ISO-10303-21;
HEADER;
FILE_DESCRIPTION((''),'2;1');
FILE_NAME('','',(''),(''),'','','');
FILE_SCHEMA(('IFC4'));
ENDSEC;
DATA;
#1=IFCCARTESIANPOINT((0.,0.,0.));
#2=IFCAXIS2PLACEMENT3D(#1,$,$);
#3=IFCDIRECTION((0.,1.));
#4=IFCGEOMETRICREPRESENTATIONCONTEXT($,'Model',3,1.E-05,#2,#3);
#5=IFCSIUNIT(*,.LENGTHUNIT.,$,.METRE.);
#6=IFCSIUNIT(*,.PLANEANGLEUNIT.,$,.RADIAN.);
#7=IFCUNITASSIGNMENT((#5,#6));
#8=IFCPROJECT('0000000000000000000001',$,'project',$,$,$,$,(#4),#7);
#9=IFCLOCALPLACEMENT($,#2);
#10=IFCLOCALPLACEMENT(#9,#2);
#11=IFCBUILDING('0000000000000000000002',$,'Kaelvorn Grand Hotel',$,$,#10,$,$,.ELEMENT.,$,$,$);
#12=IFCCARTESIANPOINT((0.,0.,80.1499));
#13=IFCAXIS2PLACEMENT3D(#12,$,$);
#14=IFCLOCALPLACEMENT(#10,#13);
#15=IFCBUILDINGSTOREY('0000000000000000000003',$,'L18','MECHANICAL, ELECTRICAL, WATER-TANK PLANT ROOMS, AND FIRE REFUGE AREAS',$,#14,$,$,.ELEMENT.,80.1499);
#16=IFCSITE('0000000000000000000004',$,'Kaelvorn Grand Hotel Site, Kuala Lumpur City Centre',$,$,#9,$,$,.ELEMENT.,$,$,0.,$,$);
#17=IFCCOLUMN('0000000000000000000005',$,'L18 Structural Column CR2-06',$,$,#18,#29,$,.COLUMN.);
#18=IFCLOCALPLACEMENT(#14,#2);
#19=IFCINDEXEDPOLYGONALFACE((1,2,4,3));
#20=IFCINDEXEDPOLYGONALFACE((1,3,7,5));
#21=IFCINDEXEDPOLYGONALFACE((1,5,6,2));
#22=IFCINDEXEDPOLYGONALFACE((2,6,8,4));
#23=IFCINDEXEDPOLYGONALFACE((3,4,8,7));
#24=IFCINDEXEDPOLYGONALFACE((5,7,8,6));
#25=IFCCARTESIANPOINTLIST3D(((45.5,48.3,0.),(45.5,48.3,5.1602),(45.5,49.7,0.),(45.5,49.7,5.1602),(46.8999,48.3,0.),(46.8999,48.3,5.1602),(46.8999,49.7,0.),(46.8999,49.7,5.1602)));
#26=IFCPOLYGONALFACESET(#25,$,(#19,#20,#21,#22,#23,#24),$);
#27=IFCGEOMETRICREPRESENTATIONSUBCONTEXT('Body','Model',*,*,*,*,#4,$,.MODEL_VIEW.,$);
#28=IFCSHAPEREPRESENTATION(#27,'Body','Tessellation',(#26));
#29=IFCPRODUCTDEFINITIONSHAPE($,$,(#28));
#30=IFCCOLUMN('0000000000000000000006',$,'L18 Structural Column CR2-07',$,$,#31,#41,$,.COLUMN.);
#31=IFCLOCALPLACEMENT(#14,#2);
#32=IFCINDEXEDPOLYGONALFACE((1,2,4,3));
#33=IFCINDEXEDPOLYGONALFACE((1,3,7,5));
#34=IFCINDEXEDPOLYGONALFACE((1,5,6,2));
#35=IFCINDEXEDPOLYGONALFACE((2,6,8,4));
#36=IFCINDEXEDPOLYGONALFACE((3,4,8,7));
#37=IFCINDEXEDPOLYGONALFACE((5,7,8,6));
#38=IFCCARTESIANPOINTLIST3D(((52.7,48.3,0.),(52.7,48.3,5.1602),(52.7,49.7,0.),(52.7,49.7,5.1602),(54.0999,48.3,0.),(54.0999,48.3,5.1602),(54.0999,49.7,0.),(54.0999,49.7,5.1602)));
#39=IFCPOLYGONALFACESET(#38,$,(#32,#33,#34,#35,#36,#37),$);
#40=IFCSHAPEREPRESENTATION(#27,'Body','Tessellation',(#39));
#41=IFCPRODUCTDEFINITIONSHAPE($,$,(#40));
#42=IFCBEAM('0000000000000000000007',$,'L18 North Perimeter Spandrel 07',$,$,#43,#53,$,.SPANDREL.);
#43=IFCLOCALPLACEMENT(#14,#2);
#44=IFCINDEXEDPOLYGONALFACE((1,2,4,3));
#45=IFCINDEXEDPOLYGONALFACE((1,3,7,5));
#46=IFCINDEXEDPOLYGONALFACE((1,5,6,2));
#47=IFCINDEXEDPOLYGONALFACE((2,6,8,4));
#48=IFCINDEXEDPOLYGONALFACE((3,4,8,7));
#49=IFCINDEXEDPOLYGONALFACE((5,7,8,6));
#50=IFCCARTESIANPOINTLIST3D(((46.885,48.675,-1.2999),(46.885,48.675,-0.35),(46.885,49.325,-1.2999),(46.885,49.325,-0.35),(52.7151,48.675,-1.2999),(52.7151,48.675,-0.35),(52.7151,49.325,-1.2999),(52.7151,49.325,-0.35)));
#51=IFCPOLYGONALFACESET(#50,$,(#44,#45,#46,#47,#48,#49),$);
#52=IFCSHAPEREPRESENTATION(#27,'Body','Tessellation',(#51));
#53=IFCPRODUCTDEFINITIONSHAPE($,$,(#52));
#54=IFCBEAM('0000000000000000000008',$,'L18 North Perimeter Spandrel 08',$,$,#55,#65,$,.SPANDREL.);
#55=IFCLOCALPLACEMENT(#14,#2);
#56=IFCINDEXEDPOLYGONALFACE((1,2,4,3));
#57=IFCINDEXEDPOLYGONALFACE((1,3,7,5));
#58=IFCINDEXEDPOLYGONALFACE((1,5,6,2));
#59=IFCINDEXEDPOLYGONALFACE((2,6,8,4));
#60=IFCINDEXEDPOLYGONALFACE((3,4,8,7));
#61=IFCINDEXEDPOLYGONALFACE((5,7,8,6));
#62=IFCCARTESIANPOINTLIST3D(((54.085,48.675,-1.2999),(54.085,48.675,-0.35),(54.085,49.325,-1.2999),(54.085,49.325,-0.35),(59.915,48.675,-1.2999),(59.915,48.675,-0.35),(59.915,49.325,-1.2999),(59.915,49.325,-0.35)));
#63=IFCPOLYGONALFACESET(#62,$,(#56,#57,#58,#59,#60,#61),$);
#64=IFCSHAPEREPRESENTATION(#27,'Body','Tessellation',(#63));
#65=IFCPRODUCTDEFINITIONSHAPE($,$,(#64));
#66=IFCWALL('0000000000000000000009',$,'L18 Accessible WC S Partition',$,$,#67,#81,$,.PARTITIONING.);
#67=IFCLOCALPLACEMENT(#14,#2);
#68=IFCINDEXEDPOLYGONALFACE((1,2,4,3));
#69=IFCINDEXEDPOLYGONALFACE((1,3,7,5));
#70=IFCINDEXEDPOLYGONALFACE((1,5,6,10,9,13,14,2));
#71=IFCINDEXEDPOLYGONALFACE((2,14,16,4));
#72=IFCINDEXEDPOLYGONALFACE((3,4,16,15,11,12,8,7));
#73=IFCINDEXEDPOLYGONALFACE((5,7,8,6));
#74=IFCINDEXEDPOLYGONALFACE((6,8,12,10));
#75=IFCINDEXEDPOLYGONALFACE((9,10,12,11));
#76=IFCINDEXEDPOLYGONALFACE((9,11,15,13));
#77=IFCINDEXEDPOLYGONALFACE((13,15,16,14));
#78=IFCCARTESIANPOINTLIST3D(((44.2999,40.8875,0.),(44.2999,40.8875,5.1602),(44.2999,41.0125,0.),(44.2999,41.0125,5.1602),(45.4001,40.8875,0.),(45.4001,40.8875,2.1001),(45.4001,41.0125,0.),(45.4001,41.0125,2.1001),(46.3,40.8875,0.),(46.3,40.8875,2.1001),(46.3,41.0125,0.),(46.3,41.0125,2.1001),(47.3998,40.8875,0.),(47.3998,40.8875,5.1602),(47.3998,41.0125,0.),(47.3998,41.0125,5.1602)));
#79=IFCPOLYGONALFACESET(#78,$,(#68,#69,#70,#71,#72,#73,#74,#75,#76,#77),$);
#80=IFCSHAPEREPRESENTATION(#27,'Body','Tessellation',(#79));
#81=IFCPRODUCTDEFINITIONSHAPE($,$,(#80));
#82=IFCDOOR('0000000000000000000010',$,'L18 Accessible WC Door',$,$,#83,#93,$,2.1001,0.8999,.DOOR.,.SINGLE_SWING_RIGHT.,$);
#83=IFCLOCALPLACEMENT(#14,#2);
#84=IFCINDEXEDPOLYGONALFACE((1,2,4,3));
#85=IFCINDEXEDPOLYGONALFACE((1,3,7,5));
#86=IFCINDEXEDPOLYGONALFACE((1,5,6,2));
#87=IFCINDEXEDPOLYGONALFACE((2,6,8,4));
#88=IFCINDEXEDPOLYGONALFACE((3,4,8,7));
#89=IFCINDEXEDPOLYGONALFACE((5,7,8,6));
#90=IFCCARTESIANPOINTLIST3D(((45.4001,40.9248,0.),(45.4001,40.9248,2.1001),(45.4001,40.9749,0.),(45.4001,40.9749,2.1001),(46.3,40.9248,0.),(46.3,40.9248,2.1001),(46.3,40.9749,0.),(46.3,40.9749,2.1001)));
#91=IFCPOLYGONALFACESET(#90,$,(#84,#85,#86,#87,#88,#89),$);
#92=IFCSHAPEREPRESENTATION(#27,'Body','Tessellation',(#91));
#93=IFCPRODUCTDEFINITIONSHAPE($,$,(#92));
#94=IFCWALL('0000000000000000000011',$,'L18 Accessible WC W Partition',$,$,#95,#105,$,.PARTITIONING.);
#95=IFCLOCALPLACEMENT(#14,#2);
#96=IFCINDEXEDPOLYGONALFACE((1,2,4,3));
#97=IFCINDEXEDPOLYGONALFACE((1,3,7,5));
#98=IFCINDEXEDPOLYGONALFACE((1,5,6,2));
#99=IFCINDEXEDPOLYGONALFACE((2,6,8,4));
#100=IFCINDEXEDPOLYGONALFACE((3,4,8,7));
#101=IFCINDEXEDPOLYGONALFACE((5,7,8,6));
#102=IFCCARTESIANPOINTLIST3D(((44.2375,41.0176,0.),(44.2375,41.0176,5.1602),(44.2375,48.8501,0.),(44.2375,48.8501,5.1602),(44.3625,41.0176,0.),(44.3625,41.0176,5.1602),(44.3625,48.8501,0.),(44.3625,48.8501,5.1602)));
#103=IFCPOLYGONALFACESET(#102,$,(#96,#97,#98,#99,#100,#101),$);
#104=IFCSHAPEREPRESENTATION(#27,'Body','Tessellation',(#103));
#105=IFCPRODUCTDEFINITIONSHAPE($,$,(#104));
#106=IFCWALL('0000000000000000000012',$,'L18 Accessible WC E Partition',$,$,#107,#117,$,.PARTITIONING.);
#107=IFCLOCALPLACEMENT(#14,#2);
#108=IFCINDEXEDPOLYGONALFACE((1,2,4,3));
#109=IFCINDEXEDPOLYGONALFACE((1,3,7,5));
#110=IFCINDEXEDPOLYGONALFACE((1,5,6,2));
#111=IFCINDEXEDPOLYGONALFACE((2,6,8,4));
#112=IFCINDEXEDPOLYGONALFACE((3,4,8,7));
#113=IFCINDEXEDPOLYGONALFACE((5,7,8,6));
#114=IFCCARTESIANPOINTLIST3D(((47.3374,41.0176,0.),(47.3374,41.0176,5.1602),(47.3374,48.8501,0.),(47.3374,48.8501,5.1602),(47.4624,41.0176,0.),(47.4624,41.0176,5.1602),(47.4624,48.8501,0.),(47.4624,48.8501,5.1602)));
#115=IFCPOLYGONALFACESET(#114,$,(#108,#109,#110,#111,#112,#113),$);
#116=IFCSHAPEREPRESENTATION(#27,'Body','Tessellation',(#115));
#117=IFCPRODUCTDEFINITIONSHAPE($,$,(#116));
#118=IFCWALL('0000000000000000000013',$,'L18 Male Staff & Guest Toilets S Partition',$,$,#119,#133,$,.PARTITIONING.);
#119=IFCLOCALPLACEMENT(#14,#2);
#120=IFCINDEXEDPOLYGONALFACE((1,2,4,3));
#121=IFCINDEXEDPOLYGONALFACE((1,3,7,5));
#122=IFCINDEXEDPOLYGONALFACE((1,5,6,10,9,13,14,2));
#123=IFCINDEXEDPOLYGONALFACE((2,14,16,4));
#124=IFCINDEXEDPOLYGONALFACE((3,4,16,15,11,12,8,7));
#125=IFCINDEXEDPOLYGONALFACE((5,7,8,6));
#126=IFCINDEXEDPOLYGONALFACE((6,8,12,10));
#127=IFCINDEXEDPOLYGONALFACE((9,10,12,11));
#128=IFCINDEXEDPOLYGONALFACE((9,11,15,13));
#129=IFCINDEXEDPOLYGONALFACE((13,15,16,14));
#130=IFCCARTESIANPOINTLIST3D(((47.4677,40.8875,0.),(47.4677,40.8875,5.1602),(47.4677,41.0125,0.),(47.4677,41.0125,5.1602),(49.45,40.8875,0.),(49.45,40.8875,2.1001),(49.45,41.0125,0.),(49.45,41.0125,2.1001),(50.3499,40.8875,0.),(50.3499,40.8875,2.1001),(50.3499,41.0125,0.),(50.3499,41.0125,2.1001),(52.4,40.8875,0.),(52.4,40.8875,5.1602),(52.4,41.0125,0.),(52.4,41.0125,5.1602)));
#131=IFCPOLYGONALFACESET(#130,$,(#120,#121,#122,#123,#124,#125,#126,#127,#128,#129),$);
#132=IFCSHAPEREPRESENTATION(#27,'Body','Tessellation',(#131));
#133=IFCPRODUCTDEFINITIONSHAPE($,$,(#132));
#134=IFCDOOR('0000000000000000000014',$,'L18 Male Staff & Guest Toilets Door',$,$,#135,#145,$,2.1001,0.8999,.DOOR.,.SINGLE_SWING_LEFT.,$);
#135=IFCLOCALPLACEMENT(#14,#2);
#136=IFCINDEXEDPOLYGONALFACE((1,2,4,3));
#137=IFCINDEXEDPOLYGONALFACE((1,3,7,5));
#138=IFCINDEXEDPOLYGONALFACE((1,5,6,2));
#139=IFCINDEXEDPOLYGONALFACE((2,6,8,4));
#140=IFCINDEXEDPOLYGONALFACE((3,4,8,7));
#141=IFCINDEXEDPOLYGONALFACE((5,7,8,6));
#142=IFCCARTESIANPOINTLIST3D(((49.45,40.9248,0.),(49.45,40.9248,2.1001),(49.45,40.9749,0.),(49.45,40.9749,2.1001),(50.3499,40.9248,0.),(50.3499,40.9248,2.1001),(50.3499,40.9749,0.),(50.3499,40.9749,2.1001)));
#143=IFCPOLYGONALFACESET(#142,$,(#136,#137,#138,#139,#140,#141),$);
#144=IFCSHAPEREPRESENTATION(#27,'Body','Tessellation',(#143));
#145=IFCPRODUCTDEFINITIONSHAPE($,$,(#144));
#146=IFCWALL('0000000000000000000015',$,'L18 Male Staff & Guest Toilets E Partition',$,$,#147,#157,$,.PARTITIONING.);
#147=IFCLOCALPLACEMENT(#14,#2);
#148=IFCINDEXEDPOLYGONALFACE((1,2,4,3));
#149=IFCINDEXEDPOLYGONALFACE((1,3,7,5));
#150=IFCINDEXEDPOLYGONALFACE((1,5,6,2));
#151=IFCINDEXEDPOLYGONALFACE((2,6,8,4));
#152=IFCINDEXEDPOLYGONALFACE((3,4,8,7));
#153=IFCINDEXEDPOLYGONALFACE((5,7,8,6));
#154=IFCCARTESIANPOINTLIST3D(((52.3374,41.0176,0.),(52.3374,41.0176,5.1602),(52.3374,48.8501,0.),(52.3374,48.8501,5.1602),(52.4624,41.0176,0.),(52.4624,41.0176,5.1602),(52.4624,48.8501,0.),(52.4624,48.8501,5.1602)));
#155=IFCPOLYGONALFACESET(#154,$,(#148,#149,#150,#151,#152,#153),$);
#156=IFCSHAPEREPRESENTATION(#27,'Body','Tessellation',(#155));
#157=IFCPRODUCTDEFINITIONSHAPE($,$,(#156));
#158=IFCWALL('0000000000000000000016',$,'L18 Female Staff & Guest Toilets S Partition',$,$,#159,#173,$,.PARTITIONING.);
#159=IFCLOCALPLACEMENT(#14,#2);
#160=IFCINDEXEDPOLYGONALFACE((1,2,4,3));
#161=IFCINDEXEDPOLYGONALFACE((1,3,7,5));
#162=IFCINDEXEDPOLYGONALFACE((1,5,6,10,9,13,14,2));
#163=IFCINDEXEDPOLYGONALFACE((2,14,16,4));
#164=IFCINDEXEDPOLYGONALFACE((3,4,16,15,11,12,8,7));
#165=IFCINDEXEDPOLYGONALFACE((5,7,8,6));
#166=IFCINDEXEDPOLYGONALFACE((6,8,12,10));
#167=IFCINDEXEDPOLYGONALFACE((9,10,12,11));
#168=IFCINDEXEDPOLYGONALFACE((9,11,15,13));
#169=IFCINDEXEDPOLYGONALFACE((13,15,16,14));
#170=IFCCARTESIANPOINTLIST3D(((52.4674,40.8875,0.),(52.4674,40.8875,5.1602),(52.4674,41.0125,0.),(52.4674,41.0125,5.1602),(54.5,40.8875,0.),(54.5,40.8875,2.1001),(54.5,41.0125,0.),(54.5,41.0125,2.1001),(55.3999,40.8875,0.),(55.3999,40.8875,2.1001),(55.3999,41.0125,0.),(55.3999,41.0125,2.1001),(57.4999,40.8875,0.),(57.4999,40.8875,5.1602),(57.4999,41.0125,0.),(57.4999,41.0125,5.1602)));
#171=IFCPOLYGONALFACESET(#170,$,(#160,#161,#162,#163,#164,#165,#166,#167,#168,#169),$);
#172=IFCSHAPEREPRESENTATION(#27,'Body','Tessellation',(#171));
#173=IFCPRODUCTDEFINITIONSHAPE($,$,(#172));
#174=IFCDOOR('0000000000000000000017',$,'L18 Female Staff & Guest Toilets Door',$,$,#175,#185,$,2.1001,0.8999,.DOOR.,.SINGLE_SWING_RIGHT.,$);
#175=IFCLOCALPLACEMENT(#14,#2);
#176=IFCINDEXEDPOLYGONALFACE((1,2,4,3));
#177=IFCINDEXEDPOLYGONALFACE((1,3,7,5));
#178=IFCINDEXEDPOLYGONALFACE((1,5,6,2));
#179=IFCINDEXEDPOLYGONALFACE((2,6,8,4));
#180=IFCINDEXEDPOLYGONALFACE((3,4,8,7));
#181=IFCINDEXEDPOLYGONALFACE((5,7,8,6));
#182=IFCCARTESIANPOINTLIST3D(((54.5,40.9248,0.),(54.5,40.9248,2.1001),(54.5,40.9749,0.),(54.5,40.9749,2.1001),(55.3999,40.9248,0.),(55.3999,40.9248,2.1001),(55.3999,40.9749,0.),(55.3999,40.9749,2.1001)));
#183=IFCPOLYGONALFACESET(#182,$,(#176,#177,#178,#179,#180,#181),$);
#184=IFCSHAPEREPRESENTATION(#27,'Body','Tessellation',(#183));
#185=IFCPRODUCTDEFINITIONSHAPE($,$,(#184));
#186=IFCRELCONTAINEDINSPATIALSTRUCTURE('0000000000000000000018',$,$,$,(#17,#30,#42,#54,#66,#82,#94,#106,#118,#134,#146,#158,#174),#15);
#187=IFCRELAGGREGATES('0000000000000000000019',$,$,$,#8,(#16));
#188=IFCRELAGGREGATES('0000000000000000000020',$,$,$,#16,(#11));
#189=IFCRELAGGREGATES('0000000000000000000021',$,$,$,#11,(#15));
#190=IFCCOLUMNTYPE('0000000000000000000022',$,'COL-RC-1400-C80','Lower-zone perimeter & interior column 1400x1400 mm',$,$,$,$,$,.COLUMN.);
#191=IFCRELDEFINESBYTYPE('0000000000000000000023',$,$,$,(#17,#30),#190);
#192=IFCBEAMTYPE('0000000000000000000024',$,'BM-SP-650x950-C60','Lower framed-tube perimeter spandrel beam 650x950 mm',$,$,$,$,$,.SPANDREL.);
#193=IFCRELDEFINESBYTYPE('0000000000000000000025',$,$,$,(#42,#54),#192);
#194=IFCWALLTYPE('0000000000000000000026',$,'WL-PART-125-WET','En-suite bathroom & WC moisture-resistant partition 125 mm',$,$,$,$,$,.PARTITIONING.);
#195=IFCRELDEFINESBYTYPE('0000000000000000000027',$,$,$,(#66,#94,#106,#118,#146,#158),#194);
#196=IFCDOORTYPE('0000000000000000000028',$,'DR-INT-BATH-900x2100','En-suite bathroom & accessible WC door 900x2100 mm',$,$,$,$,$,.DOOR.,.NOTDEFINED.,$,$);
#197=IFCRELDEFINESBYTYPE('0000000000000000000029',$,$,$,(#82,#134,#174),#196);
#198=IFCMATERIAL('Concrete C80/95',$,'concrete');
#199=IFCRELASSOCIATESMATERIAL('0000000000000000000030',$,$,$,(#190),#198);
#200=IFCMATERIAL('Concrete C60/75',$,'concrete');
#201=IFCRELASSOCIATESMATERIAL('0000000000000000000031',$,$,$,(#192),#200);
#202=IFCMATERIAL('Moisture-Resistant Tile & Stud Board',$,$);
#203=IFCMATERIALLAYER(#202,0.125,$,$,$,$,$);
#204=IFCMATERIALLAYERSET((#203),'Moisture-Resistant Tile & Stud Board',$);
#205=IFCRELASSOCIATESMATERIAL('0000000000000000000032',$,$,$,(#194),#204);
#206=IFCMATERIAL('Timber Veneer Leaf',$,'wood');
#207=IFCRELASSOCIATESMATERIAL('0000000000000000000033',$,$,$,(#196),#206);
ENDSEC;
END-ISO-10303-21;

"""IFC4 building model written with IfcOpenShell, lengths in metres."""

from ifc_helpers import new_model, si_unit, direction, frame, frame_2d, origin, origin_2d, place, context, subcontext, project, spatial, rectangle, extrude, material, layer, layer_set, material_profile, profile_set, type_object, element, fill, save


model = new_model("IFC4")

# Units and contexts
model_context = context("Model", 3, precision=1e-05, world=origin(), true_north=direction((0.0, 1.0)))
body_context = subcontext(model_context, "Body", "Model", "MODEL_VIEW")
ifc_project = project(units=[si_unit("LENGTHUNIT", "METRE"), si_unit("PLANEANGLEUNIT", "RADIAN")], contexts=[model_context])

# Site, building, storey
site_placement = place(None, origin())
site = spatial("IfcSite", under=ifc_project, at=site_placement, Name="Kaelvorn Grand Hotel Site, Kuala Lumpur City Centre", CompositionType="ELEMENT", RefElevation=0.0)
building_placement = place(site_placement, origin())
building = spatial("IfcBuilding", under=site, at=building_placement, Name="Kaelvorn Grand Hotel", CompositionType="ELEMENT")
storey_placement = place(building_placement, frame((0.0, 0.0, 80.1499)))
storey = spatial("IfcBuildingStorey", under=building, at=storey_placement, Name="L18", Description="MECHANICAL, ELECTRICAL, WATER-TANK PLANT ROOMS, AND FIRE REFUGE AREAS", CompositionType="ELEMENT", Elevation=80.1499)

# Columns
ifc_material_1 = material(Name="Concrete C80/95", Category="concrete")
ifc_material_profile_1 = material_profile(ifc_material_1, rectangle(XDim=1.3999, YDim=1.3999, at=origin_2d()), Name="RC COL 1400x1400")
ifc_profile_set_1 = profile_set([ifc_material_profile_1], Name="Concrete C80/95")
column_type = type_object("IfcColumnType", Name="COL-RC-1400-C80", Description="Lower-zone perimeter & interior column 1400x1400 mm", PredefinedType="COLUMN", material=ifc_profile_set_1)
for number, where, z_axis, x_axis, name in (
    (1, (46.2, 49.0, 0.0), (0.0, 0.0, 1.0), (1.0, 0.0, 0.0), "L18 Structural Column CR2-06"),
    (2, (53.3999, 49.0, 0.0), (0.0, 0.0, 1.0), (1.0, 0.0, 0.0), "L18 Structural Column CR2-07"),
):
    element("IfcColumn", number, at=place(storey_placement, frame(where, z_axis=z_axis, x_axis=x_axis)), inside=storey, type_object=column_type, Name=name, PredefinedType="COLUMN", context=body_context, shape_type="SweptSolid", body=[
        extrude(rectangle(XDim=1.3999, YDim=1.3999, at=origin_2d()), origin(), (0.0, 0.0, 1.0), 5.1602),
    ])

# Beams
ifc_material_2 = material(Name="Concrete C60/75", Category="concrete")
ifc_material_profile_2 = material_profile(ifc_material_2, rectangle(XDim=0.6499, YDim=0.95, at=origin_2d()), Name="RC SPANDREL 650x950")
ifc_profile_set_2 = profile_set([ifc_material_profile_2], Name="Concrete C60/75")
beam_type = type_object("IfcBeamType", Name="BM-SP-650x950-C60", Description="Lower framed-tube perimeter spandrel beam 650x950 mm", PredefinedType="SPANDREL", material=ifc_profile_set_2)
for number, where, z_axis, x_axis, name in (
    (3, (46.885, 49.0, -0.825), (1.0, 0.0, 0.0), (0.0, 1.0, 0.0), "L18 North Perimeter Spandrel 07"),
    (4, (54.085, 49.0, -0.825), (1.0, 0.0, 0.0), (0.0, 1.0, 0.0), "L18 North Perimeter Spandrel 08"),
):
    element("IfcBeam", number, at=place(storey_placement, frame(where, z_axis=z_axis, x_axis=x_axis)), inside=storey, type_object=beam_type, Name=name, PredefinedType="SPANDREL", context=body_context, shape_type="SweptSolid", body=[
        extrude(rectangle(XDim=0.6499, YDim=0.95, at=origin_2d()), origin(), (0.0, 0.0, 1.0), 5.8301),
    ])

# Wall, opening, door
ifc_material_3 = material(Name="Moisture-Resistant Tile & Stud Board")
ifc_layer_1 = layer(ifc_material_3, 0.125)
ifc_layer_set_1 = layer_set([ifc_layer_1], Name="Moisture-Resistant Tile & Stud Board")
wall_type_1 = type_object("IfcWallType", Name="WL-PART-125-WET", Description="En-suite bathroom & WC moisture-resistant partition 125 mm", PredefinedType="PARTITIONING", material=ifc_layer_set_1)
wall_1_placement = place(storey_placement, frame((44.3, 40.95, 0.0), z_axis=(0.0, 0.0, 1.0), x_axis=(1.0, 0.0, 0.0)))
wall_1 = element("IfcWall", 5, at=wall_1_placement, inside=storey, type_object=wall_type_1, Name="L18 Accessible WC S Partition", PredefinedType="PARTITIONING", context=body_context, shape_type="SweptSolid", body=[
    extrude(rectangle(XDim=3.0999, YDim=0.125, at=frame_2d((1.5498, 0.0))), origin(), (0.0, 0.0, 1.0), 5.1602),
])
opening_1_placement = place(wall_1_placement, frame((1.1001, 0.0, 0.0)))
opening_1 = element("IfcOpeningElement", 6, at=opening_1_placement, cuts=wall_1, PredefinedType="OPENING", context=body_context, shape_type="SweptSolid", body=[
    extrude(rectangle(XDim=0.8999, YDim=2.1001, at=frame_2d((0.45, 1.05))), frame((0.0, 0.0725, 0.0), z_axis=(0.0, -1.0, 0.0), x_axis=(1.0, 0.0, 0.0)), (0.0, 0.0, 1.0), 0.145),
])
ifc_material_4 = material(Name="Timber Veneer Leaf", Category="wood")
door_type_1 = type_object("IfcDoorType", Name="DR-INT-BATH-900x2100", Description="En-suite bathroom & accessible WC door 900x2100 mm", OperationType="NOTDEFINED", PredefinedType="DOOR", material=ifc_material_4)
door_1_placement = place(opening_1_placement, origin())
door_1 = element("IfcDoor", 7, at=door_1_placement, inside=storey, type_object=door_type_1, Name="L18 Accessible WC Door", OperationType="SINGLE_SWING_RIGHT", OverallHeight=2.1001, OverallWidth=0.8999, PredefinedType="DOOR", context=body_context, shape_type="SweptSolid", body=[
    extrude(rectangle(XDim=0.8999, YDim=2.1001, at=frame_2d((0.45, 1.05))), frame((0.0, 0.0249, 0.0), z_axis=(0.0, -1.0, 0.0), x_axis=(1.0, 0.0, 0.0)), (0.0, 0.0, 1.0), 0.05),
])
fill(opening_1, door_1)

# Walls
for number, where, z_axis, x_axis, name in (
    (8, (44.3, 41.0176, 0.0), (0.0, 0.0, 1.0), (0.0, 1.0, 0.0), "L18 Accessible WC W Partition"),
    (9, (47.3999, 41.0176, 0.0), (0.0, 0.0, 1.0), (0.0, 1.0, 0.0), "L18 Accessible WC E Partition"),
):
    element("IfcWall", number, at=place(storey_placement, frame(where, z_axis=z_axis, x_axis=x_axis)), inside=storey, type_object=wall_type_1, Name=name, PredefinedType="PARTITIONING", context=body_context, shape_type="SweptSolid", body=[
        extrude(rectangle(XDim=7.8325, YDim=0.125, at=frame_2d((3.9163, 0.0))), origin(), (0.0, 0.0, 1.0), 5.1602),
    ])

# Wall, opening, door
wall_2_placement = place(storey_placement, frame((47.4675, 40.95, 0.0), z_axis=(0.0, 0.0, 1.0), x_axis=(1.0, 0.0, 0.0)))
wall_2 = element("IfcWall", 10, at=wall_2_placement, inside=storey, type_object=wall_type_1, Name="L18 Male Staff & Guest Toilets S Partition", PredefinedType="PARTITIONING", context=body_context, shape_type="SweptSolid", body=[
    extrude(rectangle(XDim=4.9324, YDim=0.125, at=frame_2d((2.4663, 0.0))), origin(), (0.0, 0.0, 1.0), 5.1602),
])
opening_2_placement = place(wall_2_placement, frame((1.9824, 0.0, 0.0)))
opening_2 = element("IfcOpeningElement", 11, at=opening_2_placement, cuts=wall_2, PredefinedType="OPENING", context=body_context, shape_type="SweptSolid", body=[
    extrude(rectangle(XDim=0.8999, YDim=2.1001, at=frame_2d((0.45, 1.05))), frame((0.0, 0.0725, 0.0), z_axis=(0.0, -1.0, 0.0), x_axis=(1.0, 0.0, 0.0)), (0.0, 0.0, 1.0), 0.145),
])
door_2_placement = place(opening_2_placement, origin())
door_2 = element("IfcDoor", 12, at=door_2_placement, inside=storey, type_object=door_type_1, Name="L18 Male Staff & Guest Toilets Door", OperationType="SINGLE_SWING_LEFT", OverallHeight=2.1001, OverallWidth=0.8999, PredefinedType="DOOR", context=body_context, shape_type="SweptSolid", body=[
    extrude(rectangle(XDim=0.8999, YDim=2.1001, at=frame_2d((0.45, 1.05))), frame((0.0, 0.0249, 0.0), z_axis=(0.0, -1.0, 0.0), x_axis=(1.0, 0.0, 0.0)), (0.0, 0.0, 1.0), 0.05),
])
fill(opening_2, door_2)

# Wall
wall_3_placement = place(storey_placement, frame((52.3999, 41.0176, 0.0), z_axis=(0.0, 0.0, 1.0), x_axis=(0.0, 1.0, 0.0)))
element("IfcWall", 13, at=wall_3_placement, inside=storey, type_object=wall_type_1, Name="L18 Male Staff & Guest Toilets E Partition", PredefinedType="PARTITIONING", context=body_context, shape_type="SweptSolid", body=[
    extrude(rectangle(XDim=7.8325, YDim=0.125, at=frame_2d((3.9163, 0.0))), origin(), (0.0, 0.0, 1.0), 5.1602),
])

# Wall, opening, door
wall_4_placement = place(storey_placement, frame((52.4675, 40.95, 0.0), z_axis=(0.0, 0.0, 1.0), x_axis=(1.0, 0.0, 0.0)))
wall_4 = element("IfcWall", 14, at=wall_4_placement, inside=storey, type_object=wall_type_1, Name="L18 Female Staff & Guest Toilets S Partition", PredefinedType="PARTITIONING", context=body_context, shape_type="SweptSolid", body=[
    extrude(rectangle(XDim=5.0325, YDim=0.125, at=frame_2d((2.5161, 0.0))), origin(), (0.0, 0.0, 1.0), 5.1602),
])
opening_3_placement = place(wall_4_placement, frame((2.0325, 0.0, 0.0)))
opening_3 = element("IfcOpeningElement", 15, at=opening_3_placement, cuts=wall_4, PredefinedType="OPENING", context=body_context, shape_type="SweptSolid", body=[
    extrude(rectangle(XDim=0.8999, YDim=2.1001, at=frame_2d((0.45, 1.05))), frame((0.0, 0.0725, 0.0), z_axis=(0.0, -1.0, 0.0), x_axis=(1.0, 0.0, 0.0)), (0.0, 0.0, 1.0), 0.145),
])
door_3_placement = place(opening_3_placement, origin())
door_3 = element("IfcDoor", 16, at=door_3_placement, inside=storey, type_object=door_type_1, Name="L18 Female Staff & Guest Toilets Door", OperationType="SINGLE_SWING_RIGHT", OverallHeight=2.1001, OverallWidth=0.8999, PredefinedType="DOOR", context=body_context, shape_type="SweptSolid", body=[
    extrude(rectangle(XDim=0.8999, YDim=2.1001, at=frame_2d((0.45, 1.05))), frame((0.0, 0.0249, 0.0), z_axis=(0.0, -1.0, 0.0), x_axis=(1.0, 0.0, 0.0)), (0.0, 0.0, 1.0), 0.05),
])
fill(opening_3, door_3)

save(model, "model.ifc")
